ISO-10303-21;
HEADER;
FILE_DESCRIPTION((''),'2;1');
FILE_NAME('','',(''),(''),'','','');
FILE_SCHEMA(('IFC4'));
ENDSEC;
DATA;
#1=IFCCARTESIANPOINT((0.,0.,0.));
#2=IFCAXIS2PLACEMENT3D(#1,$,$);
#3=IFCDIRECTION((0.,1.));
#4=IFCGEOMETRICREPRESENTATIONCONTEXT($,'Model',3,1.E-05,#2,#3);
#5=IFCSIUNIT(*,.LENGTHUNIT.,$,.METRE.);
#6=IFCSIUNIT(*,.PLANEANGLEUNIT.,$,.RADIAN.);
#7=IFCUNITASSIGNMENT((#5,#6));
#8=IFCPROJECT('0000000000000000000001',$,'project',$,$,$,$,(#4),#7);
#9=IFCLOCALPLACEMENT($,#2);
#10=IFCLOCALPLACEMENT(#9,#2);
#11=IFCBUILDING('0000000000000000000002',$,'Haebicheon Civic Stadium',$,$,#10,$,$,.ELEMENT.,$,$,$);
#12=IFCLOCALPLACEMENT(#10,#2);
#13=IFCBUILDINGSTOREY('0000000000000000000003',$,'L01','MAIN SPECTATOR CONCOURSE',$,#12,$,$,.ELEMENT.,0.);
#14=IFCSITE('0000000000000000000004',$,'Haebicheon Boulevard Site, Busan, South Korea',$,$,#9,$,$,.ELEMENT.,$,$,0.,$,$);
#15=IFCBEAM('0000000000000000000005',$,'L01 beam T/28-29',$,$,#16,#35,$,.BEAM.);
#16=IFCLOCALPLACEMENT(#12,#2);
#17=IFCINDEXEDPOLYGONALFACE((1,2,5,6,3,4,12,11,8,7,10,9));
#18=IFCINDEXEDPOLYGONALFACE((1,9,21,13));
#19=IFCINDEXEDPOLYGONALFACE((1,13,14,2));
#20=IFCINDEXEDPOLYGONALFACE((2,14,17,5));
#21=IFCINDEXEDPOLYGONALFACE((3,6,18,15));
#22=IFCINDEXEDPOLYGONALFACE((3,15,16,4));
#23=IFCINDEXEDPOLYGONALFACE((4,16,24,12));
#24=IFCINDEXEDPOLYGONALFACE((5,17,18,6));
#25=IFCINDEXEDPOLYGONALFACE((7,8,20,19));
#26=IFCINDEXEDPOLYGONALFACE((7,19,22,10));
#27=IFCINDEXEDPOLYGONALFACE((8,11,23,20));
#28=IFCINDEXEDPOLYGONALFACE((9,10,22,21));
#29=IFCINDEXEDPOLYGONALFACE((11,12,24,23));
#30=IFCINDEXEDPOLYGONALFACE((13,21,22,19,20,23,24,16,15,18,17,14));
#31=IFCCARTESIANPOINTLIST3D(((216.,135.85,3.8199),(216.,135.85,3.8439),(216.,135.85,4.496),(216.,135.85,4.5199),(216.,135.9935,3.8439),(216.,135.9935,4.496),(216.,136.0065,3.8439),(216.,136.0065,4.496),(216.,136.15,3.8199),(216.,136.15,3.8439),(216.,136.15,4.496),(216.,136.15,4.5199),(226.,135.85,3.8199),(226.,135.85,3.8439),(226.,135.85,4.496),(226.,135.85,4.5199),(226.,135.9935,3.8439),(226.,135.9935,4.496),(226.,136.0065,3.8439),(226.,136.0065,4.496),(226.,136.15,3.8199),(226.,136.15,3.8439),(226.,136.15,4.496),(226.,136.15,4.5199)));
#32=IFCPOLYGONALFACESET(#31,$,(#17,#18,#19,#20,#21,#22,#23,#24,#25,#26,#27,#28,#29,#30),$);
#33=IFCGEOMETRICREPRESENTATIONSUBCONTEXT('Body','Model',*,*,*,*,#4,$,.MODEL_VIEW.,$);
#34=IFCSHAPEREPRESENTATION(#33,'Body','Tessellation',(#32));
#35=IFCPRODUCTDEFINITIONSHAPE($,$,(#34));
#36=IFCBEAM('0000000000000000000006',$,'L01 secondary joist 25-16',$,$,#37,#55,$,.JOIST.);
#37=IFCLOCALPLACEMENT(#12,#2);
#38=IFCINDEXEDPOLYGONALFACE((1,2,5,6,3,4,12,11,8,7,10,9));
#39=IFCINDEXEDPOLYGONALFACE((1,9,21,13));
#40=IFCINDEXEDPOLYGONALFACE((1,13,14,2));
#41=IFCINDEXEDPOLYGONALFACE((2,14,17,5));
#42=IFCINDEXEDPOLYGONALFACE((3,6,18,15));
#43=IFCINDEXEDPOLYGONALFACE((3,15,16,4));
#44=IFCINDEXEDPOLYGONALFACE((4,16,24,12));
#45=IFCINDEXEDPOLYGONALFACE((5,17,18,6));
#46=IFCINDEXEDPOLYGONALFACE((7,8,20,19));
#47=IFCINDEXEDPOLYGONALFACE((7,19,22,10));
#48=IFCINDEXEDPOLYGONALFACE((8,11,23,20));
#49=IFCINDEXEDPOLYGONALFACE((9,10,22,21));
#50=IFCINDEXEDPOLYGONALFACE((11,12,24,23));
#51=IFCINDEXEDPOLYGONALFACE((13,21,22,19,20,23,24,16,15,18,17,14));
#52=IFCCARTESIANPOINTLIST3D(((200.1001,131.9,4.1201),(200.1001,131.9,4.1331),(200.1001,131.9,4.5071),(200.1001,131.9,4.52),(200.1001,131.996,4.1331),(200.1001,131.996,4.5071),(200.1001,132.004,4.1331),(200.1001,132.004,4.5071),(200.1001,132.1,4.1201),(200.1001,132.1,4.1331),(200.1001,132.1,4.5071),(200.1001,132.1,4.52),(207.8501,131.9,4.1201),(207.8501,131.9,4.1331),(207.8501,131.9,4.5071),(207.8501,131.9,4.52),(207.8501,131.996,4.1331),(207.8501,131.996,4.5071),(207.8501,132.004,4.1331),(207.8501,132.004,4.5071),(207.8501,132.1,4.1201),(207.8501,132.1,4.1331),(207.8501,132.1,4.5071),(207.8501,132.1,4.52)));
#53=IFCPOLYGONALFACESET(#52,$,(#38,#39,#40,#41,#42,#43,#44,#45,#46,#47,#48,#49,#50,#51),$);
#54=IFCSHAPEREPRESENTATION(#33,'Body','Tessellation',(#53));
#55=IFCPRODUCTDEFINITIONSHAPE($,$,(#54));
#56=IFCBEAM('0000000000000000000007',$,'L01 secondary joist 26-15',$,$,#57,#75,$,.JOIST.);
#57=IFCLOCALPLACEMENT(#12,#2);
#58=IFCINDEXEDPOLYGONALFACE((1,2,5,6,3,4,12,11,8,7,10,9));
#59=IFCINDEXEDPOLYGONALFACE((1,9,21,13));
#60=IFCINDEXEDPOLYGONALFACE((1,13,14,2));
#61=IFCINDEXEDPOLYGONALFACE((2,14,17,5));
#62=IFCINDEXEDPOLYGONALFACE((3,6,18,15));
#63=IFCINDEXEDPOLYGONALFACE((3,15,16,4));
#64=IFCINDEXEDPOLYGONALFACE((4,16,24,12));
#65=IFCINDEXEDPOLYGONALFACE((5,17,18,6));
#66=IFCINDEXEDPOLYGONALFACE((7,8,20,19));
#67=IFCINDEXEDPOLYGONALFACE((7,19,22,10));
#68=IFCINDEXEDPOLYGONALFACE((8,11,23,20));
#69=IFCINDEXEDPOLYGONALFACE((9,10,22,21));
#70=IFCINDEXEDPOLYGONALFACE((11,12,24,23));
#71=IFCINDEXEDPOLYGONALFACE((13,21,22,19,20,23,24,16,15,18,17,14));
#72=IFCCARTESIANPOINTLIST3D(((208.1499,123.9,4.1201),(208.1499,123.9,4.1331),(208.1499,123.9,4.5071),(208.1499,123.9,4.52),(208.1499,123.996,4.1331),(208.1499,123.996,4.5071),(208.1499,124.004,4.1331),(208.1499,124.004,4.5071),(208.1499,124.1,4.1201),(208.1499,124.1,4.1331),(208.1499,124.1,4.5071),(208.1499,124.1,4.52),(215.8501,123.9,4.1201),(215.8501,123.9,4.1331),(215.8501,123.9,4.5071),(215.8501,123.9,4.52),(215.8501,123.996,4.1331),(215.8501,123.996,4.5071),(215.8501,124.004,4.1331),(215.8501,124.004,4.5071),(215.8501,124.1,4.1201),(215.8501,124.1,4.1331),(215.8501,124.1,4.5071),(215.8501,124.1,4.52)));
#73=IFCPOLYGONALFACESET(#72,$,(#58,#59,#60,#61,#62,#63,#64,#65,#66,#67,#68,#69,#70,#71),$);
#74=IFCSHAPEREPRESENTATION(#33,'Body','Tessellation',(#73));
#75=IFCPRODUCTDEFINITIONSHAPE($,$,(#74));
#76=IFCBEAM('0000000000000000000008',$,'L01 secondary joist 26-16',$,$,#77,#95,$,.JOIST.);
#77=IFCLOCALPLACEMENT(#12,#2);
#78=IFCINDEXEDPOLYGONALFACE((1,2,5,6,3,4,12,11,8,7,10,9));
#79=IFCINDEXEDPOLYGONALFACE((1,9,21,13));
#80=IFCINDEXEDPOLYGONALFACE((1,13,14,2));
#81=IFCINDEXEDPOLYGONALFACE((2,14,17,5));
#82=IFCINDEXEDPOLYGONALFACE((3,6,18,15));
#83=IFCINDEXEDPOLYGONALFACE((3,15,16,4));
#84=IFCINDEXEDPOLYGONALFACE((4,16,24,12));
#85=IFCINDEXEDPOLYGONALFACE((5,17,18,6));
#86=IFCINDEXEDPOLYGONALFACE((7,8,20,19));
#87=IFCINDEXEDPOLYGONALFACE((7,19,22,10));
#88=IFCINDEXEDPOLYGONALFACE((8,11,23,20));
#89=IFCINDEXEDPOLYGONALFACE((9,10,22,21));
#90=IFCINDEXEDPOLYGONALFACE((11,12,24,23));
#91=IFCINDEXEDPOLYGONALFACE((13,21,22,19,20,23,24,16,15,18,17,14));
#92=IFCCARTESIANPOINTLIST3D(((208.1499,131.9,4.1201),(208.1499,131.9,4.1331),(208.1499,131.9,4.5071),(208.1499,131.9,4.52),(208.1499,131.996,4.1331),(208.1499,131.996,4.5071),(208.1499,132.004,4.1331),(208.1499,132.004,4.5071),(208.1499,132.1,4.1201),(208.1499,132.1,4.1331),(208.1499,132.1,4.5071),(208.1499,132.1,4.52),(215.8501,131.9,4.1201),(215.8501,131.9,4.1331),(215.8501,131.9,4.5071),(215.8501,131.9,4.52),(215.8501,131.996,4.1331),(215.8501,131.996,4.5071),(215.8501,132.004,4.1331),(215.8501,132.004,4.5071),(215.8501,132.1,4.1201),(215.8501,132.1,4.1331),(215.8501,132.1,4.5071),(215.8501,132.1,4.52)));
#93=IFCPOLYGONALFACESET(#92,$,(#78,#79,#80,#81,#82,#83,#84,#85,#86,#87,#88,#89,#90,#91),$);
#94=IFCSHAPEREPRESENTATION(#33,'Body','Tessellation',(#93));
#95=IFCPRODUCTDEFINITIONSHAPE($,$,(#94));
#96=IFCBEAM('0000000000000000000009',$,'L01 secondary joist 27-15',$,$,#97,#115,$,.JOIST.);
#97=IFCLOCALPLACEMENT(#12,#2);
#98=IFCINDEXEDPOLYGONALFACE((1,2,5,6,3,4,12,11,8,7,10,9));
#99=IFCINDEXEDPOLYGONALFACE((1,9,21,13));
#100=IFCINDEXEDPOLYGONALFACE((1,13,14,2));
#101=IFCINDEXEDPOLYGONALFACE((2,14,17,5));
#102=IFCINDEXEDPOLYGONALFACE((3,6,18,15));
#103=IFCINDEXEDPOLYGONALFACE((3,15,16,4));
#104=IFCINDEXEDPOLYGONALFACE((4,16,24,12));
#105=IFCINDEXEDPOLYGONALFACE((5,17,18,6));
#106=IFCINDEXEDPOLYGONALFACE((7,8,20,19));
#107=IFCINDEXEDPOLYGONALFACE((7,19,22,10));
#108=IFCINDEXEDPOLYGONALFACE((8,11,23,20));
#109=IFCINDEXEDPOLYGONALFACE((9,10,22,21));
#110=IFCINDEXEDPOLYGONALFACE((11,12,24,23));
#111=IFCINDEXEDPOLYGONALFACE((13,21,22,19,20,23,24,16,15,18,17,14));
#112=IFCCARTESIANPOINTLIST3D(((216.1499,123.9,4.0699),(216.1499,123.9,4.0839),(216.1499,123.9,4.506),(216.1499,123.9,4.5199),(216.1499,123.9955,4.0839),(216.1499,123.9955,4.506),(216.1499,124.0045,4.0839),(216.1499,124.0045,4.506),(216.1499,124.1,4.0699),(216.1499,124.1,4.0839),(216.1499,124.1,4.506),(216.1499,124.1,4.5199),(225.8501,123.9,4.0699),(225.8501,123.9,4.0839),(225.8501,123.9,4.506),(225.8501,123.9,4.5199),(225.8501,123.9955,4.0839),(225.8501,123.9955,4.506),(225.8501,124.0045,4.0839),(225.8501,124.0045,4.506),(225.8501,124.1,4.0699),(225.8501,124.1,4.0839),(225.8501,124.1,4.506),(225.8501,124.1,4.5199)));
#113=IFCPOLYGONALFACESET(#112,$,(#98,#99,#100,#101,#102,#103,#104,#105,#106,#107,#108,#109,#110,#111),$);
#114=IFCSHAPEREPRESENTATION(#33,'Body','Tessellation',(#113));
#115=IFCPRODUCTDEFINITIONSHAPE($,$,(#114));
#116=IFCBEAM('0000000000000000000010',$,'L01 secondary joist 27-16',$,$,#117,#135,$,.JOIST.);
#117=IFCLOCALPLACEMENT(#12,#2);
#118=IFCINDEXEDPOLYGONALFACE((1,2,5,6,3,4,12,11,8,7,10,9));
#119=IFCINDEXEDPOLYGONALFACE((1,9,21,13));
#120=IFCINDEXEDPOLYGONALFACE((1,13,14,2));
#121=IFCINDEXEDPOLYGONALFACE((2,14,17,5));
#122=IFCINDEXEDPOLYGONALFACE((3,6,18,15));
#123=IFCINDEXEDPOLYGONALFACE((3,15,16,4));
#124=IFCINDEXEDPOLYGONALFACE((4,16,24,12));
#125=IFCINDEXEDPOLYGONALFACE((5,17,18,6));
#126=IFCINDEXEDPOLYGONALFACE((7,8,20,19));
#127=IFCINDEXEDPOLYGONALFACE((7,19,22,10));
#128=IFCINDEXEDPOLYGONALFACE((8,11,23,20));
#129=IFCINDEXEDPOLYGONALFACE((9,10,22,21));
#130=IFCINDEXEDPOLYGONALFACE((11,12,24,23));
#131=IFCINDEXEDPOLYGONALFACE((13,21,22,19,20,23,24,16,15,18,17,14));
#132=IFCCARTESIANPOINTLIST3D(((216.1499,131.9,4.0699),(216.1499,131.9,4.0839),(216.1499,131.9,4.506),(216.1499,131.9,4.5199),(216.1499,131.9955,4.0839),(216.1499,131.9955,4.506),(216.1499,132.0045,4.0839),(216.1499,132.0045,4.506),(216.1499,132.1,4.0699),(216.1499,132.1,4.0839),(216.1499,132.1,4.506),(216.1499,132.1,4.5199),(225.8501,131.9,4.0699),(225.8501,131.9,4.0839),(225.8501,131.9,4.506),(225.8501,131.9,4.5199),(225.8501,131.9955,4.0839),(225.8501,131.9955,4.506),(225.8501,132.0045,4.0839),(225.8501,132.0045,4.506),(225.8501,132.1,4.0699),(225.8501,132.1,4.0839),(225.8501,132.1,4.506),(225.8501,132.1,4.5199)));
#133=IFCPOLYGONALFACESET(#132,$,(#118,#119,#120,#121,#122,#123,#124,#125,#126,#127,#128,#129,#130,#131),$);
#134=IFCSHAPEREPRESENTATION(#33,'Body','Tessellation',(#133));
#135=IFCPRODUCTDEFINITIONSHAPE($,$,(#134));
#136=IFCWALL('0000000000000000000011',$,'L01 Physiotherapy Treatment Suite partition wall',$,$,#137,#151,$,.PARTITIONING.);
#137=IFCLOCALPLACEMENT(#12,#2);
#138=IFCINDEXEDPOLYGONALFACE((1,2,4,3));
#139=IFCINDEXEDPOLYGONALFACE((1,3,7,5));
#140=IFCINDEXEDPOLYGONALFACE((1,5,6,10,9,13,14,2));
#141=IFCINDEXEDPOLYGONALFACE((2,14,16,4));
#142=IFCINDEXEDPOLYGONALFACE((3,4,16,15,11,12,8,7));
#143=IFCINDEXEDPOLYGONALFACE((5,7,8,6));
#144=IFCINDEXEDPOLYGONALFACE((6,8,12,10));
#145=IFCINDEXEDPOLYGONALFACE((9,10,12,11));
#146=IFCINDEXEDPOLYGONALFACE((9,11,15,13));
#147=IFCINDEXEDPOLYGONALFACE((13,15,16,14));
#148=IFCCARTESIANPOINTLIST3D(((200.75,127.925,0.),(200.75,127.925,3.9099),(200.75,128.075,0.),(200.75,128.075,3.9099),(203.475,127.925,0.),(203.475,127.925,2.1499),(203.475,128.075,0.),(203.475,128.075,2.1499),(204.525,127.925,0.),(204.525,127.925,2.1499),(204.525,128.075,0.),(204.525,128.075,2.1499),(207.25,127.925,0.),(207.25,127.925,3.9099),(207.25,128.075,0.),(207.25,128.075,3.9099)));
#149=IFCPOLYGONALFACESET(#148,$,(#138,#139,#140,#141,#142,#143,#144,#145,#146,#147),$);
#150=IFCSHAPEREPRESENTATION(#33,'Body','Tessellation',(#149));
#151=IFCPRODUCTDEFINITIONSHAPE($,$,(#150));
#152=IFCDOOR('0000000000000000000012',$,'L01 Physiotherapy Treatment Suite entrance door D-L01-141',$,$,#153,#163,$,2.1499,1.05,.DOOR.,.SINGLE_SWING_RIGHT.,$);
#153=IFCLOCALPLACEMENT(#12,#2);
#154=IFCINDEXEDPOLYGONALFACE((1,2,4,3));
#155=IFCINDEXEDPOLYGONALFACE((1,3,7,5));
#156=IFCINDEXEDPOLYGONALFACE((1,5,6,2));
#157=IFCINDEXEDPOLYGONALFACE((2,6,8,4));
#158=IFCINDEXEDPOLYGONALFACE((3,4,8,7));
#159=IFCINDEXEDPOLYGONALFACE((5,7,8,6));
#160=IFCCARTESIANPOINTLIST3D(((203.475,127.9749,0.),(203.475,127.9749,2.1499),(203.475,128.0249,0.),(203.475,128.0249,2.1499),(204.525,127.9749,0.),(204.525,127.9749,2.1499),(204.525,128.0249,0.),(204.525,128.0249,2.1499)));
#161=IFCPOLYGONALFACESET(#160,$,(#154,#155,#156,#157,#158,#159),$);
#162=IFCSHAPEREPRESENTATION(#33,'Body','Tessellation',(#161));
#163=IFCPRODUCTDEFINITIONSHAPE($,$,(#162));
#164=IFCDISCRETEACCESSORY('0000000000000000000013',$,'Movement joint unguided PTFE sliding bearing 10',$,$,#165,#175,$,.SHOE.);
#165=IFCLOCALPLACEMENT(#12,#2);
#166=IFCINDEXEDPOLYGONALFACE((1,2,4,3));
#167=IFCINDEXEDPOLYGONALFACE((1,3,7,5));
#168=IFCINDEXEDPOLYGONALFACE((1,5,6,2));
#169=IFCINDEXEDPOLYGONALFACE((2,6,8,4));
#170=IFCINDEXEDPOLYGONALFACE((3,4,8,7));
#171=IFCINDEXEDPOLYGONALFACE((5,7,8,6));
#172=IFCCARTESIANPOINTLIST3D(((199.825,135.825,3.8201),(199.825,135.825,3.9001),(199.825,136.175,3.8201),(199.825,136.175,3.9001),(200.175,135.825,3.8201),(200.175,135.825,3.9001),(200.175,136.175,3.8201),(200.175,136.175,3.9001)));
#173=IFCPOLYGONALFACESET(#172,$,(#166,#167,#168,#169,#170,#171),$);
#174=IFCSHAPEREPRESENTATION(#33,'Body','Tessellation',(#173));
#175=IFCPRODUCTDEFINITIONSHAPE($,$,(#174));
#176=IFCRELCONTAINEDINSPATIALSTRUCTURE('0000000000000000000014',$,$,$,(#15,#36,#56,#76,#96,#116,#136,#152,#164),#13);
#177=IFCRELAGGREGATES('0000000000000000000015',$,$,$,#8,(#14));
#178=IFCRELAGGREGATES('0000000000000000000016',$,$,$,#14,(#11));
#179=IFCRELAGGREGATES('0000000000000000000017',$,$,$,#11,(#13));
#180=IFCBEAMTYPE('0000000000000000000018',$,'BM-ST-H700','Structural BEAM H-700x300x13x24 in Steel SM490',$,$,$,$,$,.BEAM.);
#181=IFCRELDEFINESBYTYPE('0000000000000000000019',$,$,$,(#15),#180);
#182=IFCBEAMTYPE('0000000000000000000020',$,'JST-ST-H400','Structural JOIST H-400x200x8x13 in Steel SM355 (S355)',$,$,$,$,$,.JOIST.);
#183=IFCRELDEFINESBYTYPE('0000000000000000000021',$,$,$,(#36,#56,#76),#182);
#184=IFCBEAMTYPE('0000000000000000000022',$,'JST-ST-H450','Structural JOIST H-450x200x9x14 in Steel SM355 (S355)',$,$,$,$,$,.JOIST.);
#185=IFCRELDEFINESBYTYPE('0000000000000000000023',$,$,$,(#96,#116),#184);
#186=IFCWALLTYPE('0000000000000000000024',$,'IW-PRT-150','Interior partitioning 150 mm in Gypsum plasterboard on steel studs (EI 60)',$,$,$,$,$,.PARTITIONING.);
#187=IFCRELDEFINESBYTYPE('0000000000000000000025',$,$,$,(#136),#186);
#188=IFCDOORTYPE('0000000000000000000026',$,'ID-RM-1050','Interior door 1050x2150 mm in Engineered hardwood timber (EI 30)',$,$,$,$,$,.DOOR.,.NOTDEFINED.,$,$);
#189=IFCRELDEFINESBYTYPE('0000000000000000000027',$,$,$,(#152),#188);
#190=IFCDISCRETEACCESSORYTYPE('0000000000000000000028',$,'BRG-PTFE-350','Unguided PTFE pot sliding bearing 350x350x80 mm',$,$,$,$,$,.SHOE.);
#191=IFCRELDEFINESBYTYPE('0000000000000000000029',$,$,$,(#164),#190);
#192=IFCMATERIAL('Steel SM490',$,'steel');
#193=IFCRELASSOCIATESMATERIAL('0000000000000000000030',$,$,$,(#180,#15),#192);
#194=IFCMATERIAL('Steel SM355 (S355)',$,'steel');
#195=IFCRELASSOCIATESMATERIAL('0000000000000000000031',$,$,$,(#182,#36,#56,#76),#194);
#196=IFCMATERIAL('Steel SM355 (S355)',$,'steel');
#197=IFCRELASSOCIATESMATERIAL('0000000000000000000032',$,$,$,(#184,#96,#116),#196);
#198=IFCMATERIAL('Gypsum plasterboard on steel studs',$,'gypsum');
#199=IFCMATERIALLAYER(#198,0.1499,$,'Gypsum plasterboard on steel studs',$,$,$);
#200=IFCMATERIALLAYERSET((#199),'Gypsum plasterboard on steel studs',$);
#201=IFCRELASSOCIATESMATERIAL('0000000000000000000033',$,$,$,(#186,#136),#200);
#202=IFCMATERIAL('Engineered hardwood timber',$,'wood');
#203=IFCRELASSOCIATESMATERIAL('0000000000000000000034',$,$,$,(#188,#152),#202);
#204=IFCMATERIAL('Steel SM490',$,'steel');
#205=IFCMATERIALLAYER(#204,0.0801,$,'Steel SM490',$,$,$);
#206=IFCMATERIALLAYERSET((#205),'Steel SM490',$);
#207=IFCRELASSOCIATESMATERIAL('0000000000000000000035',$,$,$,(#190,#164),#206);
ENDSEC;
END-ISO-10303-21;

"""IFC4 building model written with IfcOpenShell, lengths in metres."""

from ifc_helpers import new_model, si_unit, direction, frame, frame_2d, origin, origin_2d, place, context, subcontext, project, spatial, rectangle, i_section, extrude, material, layer, layer_set, material_profile, profile_set, type_object, element, fill, save


model = new_model("IFC4")

# Units and contexts
model_context = context("Model", 3, precision=1e-05, world=origin(), true_north=direction((0.0, 1.0)))
body_context = subcontext(model_context, "Body", "Model", "MODEL_VIEW")
ifc_project = project(units=[si_unit("LENGTHUNIT", "METRE"), si_unit("PLANEANGLEUNIT", "RADIAN")], contexts=[model_context])

# Site, building, storey
site_placement = place(None, origin())
site = spatial("IfcSite", under=ifc_project, at=site_placement, Name="Haebicheon Boulevard Site, Busan, South Korea", CompositionType="ELEMENT", RefElevation=0.0)
building_placement = place(site_placement, origin())
building = spatial("IfcBuilding", under=site, at=building_placement, Name="Haebicheon Civic Stadium", CompositionType="ELEMENT")
storey_placement = place(building_placement, origin())
storey = spatial("IfcBuildingStorey", under=building, at=storey_placement, Name="L01", Description="MAIN SPECTATOR CONCOURSE", CompositionType="ELEMENT", Elevation=0.0)

# Beams
ifc_material_1 = material(Name="Steel SM490", Category="steel")
ifc_material_profile_1 = material_profile(ifc_material_1, i_section(OverallWidth=0.3, OverallDepth=0.7, WebThickness=0.0129, FlangeThickness=0.0239, at=origin_2d()), Name="H-700x300x13x24")
ifc_profile_set_1 = profile_set([ifc_material_profile_1], Name="Steel SM490")
beam_type_1 = type_object("IfcBeamType", Name="BM-ST-H700", Description="Structural BEAM H-700x300x13x24 in Steel SM490", PredefinedType="BEAM", material=ifc_profile_set_1)
for number, where, z_axis, x_axis, name in (
    (1, (216.0, 136.0, 4.1699), (1.0, 0.0, 0.0), (0.0, 1.0, 0.0), "L01 beam T/28-29"),
):
    element("IfcBeam", number, at=place(storey_placement, frame(where, z_axis=z_axis, x_axis=x_axis)), inside=storey, type_object=beam_type_1, material=ifc_profile_set_1, Name=name, PredefinedType="BEAM", context=body_context, shape_type="SweptSolid", body=[
        extrude(i_section(OverallWidth=0.3, OverallDepth=0.7, WebThickness=0.0129, FlangeThickness=0.0239, at=origin_2d()), origin(), (0.0, 0.0, 1.0), 10.0),
    ])
ifc_material_2 = material(Name="Steel SM355 (S355)", Category="steel")
ifc_material_profile_2 = material_profile(ifc_material_2, i_section(OverallWidth=0.2, OverallDepth=0.3999, WebThickness=0.0081, FlangeThickness=0.0129, at=origin_2d()), Name="H-400x200x8x13")
ifc_profile_set_2 = profile_set([ifc_material_profile_2], Name="Steel SM355 (S355)")
beam_type_2 = type_object("IfcBeamType", Name="JST-ST-H400", Description="Structural JOIST H-400x200x8x13 in Steel SM355 (S355)", PredefinedType="JOIST", material=ifc_profile_set_2)
beam_placement = place(storey_placement, frame((200.1001, 132.0, 4.3201), z_axis=(1.0, 0.0, 0.0), x_axis=(0.0, 1.0, 0.0)))
element("IfcBeam", 2, at=beam_placement, inside=storey, type_object=beam_type_2, material=ifc_profile_set_2, Name="L01 secondary joist 25-16", PredefinedType="JOIST", context=body_context, shape_type="SweptSolid", body=[
    extrude(i_section(OverallWidth=0.2, OverallDepth=0.3999, WebThickness=0.0081, FlangeThickness=0.0129, at=origin_2d()), origin(), (0.0, 0.0, 1.0), 7.75),
])
for number, where, z_axis, x_axis, name in (
    (3, (208.1499, 124.0, 4.3201), (1.0, 0.0, 0.0), (0.0, 1.0, 0.0), "L01 secondary joist 26-15"),
    (4, (208.1499, 132.0, 4.3201), (1.0, 0.0, 0.0), (0.0, 1.0, 0.0), "L01 secondary joist 26-16"),
):
    element("IfcBeam", number, at=place(storey_placement, frame(where, z_axis=z_axis, x_axis=x_axis)), inside=storey, type_object=beam_type_2, material=ifc_profile_set_2, Name=name, PredefinedType="JOIST", context=body_context, shape_type="SweptSolid", body=[
        extrude(i_section(OverallWidth=0.2, OverallDepth=0.3999, WebThickness=0.0081, FlangeThickness=0.0129, at=origin_2d()), origin(), (0.0, 0.0, 1.0), 7.7002),
    ])
ifc_material_3 = material(Name="Steel SM355 (S355)", Category="steel")
ifc_material_profile_3 = material_profile(ifc_material_3, i_section(OverallWidth=0.2, OverallDepth=0.45, WebThickness=0.009, FlangeThickness=0.0139, at=origin_2d()), Name="H-450x200x9x14")
ifc_profile_set_3 = profile_set([ifc_material_profile_3], Name="Steel SM355 (S355)")
beam_type_3 = type_object("IfcBeamType", Name="JST-ST-H450", Description="Structural JOIST H-450x200x9x14 in Steel SM355 (S355)", PredefinedType="JOIST", material=ifc_profile_set_3)
for number, where, z_axis, x_axis, name in (
    (5, (216.1499, 124.0, 4.2949), (1.0, 0.0, 0.0), (0.0, 1.0, 0.0), "L01 secondary joist 27-15"),
    (6, (216.1499, 132.0, 4.2949), (1.0, 0.0, 0.0), (0.0, 1.0, 0.0), "L01 secondary joist 27-16"),
):
    element("IfcBeam", number, at=place(storey_placement, frame(where, z_axis=z_axis, x_axis=x_axis)), inside=storey, type_object=beam_type_3, material=ifc_profile_set_3, Name=name, PredefinedType="JOIST", context=body_context, shape_type="SweptSolid", body=[
        extrude(i_section(OverallWidth=0.2, OverallDepth=0.45, WebThickness=0.009, FlangeThickness=0.0139, at=origin_2d()), origin(), (0.0, 0.0, 1.0), 9.7002),
    ])

# Wall, opening, door
ifc_material_4 = material(Name="Gypsum plasterboard on steel studs", Category="gypsum")
ifc_layer_1 = layer(ifc_material_4, 0.1499, Name="Gypsum plasterboard on steel studs")
ifc_layer_set_1 = layer_set([ifc_layer_1], Name="Gypsum plasterboard on steel studs")
wall_type = type_object("IfcWallType", Name="IW-PRT-150", Description="Interior partitioning 150 mm in Gypsum plasterboard on steel studs (EI 60)", PredefinedType="PARTITIONING", material=ifc_layer_set_1)
wall_placement = place(storey_placement, frame((200.75, 128.0, 0.0), z_axis=(0.0, 0.0, 1.0), x_axis=(1.0, 0.0, 0.0)))
wall = element("IfcWall", 7, at=wall_placement, inside=storey, type_object=wall_type, material=ifc_layer_set_1, Name="L01 Physiotherapy Treatment Suite partition wall", PredefinedType="PARTITIONING", context=body_context, shape_type="SweptSolid", body=[
    extrude(rectangle(XDim=6.5, YDim=0.1499, at=frame_2d((3.25, 0.0))), origin(), (0.0, 0.0, 1.0), 3.9099),
])
opening_placement = place(wall_placement, frame((2.7251, 0.0, 0.0)))
opening = element("IfcOpeningElement", 8, at=opening_placement, cuts=wall, PredefinedType="OPENING", context=body_context, shape_type="SweptSolid", body=[
    extrude(rectangle(XDim=1.05, YDim=2.1499, at=frame_2d((0.5249, 1.075))), frame((0.0, 0.085, 0.0), z_axis=(0.0, -1.0, 0.0), x_axis=(1.0, 0.0, 0.0)), (0.0, 0.0, 1.0), 0.1699),
])
ifc_material_5 = material(Name="Engineered hardwood timber", Category="wood")
door_type = type_object("IfcDoorType", Name="ID-RM-1050", Description="Interior door 1050x2150 mm in Engineered hardwood timber (EI 30)", OperationType="NOTDEFINED", PredefinedType="DOOR", material=ifc_material_5)
door_placement = place(opening_placement, origin())
door = element("IfcDoor", 9, at=door_placement, inside=storey, type_object=door_type, material=ifc_material_5, Name="L01 Physiotherapy Treatment Suite entrance door D-L01-141", OperationType="SINGLE_SWING_RIGHT", OverallHeight=2.1499, OverallWidth=1.05, PredefinedType="DOOR", context=body_context, shape_type="SweptSolid", body=[
    extrude(rectangle(XDim=1.05, YDim=2.1499, at=frame_2d((0.5249, 1.075))), frame((0.0, 0.0249, 0.0), z_axis=(0.0, -1.0, 0.0), x_axis=(1.0, 0.0, 0.0)), (0.0, 0.0, 1.0), 0.05),
])
fill(opening, door)

# Discrete accessory
ifc_material_6 = material(Name="Steel SM490", Category="steel")
ifc_layer_2 = layer(ifc_material_6, 0.0801, Name="Steel SM490")
ifc_layer_set_2 = layer_set([ifc_layer_2], Name="Steel SM490")
discrete_accessory_type = type_object("IfcDiscreteAccessoryType", Name="BRG-PTFE-350", Description="Unguided PTFE pot sliding bearing 350x350x80 mm", PredefinedType="SHOE", material=ifc_layer_set_2)
discrete_accessory_placement = place(storey_placement, frame((200.0, 136.0, 3.8201), z_axis=(0.0, 0.0, 1.0), x_axis=(1.0, 0.0, 0.0)))
element("IfcDiscreteAccessory", 10, at=discrete_accessory_placement, inside=storey, type_object=discrete_accessory_type, material=ifc_layer_set_2, Name="Movement joint unguided PTFE sliding bearing 10", PredefinedType="SHOE", context=body_context, shape_type="SweptSolid", body=[
    extrude(rectangle(XDim=0.3501, YDim=0.3501, at=origin_2d()), origin(), (0.0, 0.0, 1.0), 0.0801),
])

save(model, "model.ifc")
